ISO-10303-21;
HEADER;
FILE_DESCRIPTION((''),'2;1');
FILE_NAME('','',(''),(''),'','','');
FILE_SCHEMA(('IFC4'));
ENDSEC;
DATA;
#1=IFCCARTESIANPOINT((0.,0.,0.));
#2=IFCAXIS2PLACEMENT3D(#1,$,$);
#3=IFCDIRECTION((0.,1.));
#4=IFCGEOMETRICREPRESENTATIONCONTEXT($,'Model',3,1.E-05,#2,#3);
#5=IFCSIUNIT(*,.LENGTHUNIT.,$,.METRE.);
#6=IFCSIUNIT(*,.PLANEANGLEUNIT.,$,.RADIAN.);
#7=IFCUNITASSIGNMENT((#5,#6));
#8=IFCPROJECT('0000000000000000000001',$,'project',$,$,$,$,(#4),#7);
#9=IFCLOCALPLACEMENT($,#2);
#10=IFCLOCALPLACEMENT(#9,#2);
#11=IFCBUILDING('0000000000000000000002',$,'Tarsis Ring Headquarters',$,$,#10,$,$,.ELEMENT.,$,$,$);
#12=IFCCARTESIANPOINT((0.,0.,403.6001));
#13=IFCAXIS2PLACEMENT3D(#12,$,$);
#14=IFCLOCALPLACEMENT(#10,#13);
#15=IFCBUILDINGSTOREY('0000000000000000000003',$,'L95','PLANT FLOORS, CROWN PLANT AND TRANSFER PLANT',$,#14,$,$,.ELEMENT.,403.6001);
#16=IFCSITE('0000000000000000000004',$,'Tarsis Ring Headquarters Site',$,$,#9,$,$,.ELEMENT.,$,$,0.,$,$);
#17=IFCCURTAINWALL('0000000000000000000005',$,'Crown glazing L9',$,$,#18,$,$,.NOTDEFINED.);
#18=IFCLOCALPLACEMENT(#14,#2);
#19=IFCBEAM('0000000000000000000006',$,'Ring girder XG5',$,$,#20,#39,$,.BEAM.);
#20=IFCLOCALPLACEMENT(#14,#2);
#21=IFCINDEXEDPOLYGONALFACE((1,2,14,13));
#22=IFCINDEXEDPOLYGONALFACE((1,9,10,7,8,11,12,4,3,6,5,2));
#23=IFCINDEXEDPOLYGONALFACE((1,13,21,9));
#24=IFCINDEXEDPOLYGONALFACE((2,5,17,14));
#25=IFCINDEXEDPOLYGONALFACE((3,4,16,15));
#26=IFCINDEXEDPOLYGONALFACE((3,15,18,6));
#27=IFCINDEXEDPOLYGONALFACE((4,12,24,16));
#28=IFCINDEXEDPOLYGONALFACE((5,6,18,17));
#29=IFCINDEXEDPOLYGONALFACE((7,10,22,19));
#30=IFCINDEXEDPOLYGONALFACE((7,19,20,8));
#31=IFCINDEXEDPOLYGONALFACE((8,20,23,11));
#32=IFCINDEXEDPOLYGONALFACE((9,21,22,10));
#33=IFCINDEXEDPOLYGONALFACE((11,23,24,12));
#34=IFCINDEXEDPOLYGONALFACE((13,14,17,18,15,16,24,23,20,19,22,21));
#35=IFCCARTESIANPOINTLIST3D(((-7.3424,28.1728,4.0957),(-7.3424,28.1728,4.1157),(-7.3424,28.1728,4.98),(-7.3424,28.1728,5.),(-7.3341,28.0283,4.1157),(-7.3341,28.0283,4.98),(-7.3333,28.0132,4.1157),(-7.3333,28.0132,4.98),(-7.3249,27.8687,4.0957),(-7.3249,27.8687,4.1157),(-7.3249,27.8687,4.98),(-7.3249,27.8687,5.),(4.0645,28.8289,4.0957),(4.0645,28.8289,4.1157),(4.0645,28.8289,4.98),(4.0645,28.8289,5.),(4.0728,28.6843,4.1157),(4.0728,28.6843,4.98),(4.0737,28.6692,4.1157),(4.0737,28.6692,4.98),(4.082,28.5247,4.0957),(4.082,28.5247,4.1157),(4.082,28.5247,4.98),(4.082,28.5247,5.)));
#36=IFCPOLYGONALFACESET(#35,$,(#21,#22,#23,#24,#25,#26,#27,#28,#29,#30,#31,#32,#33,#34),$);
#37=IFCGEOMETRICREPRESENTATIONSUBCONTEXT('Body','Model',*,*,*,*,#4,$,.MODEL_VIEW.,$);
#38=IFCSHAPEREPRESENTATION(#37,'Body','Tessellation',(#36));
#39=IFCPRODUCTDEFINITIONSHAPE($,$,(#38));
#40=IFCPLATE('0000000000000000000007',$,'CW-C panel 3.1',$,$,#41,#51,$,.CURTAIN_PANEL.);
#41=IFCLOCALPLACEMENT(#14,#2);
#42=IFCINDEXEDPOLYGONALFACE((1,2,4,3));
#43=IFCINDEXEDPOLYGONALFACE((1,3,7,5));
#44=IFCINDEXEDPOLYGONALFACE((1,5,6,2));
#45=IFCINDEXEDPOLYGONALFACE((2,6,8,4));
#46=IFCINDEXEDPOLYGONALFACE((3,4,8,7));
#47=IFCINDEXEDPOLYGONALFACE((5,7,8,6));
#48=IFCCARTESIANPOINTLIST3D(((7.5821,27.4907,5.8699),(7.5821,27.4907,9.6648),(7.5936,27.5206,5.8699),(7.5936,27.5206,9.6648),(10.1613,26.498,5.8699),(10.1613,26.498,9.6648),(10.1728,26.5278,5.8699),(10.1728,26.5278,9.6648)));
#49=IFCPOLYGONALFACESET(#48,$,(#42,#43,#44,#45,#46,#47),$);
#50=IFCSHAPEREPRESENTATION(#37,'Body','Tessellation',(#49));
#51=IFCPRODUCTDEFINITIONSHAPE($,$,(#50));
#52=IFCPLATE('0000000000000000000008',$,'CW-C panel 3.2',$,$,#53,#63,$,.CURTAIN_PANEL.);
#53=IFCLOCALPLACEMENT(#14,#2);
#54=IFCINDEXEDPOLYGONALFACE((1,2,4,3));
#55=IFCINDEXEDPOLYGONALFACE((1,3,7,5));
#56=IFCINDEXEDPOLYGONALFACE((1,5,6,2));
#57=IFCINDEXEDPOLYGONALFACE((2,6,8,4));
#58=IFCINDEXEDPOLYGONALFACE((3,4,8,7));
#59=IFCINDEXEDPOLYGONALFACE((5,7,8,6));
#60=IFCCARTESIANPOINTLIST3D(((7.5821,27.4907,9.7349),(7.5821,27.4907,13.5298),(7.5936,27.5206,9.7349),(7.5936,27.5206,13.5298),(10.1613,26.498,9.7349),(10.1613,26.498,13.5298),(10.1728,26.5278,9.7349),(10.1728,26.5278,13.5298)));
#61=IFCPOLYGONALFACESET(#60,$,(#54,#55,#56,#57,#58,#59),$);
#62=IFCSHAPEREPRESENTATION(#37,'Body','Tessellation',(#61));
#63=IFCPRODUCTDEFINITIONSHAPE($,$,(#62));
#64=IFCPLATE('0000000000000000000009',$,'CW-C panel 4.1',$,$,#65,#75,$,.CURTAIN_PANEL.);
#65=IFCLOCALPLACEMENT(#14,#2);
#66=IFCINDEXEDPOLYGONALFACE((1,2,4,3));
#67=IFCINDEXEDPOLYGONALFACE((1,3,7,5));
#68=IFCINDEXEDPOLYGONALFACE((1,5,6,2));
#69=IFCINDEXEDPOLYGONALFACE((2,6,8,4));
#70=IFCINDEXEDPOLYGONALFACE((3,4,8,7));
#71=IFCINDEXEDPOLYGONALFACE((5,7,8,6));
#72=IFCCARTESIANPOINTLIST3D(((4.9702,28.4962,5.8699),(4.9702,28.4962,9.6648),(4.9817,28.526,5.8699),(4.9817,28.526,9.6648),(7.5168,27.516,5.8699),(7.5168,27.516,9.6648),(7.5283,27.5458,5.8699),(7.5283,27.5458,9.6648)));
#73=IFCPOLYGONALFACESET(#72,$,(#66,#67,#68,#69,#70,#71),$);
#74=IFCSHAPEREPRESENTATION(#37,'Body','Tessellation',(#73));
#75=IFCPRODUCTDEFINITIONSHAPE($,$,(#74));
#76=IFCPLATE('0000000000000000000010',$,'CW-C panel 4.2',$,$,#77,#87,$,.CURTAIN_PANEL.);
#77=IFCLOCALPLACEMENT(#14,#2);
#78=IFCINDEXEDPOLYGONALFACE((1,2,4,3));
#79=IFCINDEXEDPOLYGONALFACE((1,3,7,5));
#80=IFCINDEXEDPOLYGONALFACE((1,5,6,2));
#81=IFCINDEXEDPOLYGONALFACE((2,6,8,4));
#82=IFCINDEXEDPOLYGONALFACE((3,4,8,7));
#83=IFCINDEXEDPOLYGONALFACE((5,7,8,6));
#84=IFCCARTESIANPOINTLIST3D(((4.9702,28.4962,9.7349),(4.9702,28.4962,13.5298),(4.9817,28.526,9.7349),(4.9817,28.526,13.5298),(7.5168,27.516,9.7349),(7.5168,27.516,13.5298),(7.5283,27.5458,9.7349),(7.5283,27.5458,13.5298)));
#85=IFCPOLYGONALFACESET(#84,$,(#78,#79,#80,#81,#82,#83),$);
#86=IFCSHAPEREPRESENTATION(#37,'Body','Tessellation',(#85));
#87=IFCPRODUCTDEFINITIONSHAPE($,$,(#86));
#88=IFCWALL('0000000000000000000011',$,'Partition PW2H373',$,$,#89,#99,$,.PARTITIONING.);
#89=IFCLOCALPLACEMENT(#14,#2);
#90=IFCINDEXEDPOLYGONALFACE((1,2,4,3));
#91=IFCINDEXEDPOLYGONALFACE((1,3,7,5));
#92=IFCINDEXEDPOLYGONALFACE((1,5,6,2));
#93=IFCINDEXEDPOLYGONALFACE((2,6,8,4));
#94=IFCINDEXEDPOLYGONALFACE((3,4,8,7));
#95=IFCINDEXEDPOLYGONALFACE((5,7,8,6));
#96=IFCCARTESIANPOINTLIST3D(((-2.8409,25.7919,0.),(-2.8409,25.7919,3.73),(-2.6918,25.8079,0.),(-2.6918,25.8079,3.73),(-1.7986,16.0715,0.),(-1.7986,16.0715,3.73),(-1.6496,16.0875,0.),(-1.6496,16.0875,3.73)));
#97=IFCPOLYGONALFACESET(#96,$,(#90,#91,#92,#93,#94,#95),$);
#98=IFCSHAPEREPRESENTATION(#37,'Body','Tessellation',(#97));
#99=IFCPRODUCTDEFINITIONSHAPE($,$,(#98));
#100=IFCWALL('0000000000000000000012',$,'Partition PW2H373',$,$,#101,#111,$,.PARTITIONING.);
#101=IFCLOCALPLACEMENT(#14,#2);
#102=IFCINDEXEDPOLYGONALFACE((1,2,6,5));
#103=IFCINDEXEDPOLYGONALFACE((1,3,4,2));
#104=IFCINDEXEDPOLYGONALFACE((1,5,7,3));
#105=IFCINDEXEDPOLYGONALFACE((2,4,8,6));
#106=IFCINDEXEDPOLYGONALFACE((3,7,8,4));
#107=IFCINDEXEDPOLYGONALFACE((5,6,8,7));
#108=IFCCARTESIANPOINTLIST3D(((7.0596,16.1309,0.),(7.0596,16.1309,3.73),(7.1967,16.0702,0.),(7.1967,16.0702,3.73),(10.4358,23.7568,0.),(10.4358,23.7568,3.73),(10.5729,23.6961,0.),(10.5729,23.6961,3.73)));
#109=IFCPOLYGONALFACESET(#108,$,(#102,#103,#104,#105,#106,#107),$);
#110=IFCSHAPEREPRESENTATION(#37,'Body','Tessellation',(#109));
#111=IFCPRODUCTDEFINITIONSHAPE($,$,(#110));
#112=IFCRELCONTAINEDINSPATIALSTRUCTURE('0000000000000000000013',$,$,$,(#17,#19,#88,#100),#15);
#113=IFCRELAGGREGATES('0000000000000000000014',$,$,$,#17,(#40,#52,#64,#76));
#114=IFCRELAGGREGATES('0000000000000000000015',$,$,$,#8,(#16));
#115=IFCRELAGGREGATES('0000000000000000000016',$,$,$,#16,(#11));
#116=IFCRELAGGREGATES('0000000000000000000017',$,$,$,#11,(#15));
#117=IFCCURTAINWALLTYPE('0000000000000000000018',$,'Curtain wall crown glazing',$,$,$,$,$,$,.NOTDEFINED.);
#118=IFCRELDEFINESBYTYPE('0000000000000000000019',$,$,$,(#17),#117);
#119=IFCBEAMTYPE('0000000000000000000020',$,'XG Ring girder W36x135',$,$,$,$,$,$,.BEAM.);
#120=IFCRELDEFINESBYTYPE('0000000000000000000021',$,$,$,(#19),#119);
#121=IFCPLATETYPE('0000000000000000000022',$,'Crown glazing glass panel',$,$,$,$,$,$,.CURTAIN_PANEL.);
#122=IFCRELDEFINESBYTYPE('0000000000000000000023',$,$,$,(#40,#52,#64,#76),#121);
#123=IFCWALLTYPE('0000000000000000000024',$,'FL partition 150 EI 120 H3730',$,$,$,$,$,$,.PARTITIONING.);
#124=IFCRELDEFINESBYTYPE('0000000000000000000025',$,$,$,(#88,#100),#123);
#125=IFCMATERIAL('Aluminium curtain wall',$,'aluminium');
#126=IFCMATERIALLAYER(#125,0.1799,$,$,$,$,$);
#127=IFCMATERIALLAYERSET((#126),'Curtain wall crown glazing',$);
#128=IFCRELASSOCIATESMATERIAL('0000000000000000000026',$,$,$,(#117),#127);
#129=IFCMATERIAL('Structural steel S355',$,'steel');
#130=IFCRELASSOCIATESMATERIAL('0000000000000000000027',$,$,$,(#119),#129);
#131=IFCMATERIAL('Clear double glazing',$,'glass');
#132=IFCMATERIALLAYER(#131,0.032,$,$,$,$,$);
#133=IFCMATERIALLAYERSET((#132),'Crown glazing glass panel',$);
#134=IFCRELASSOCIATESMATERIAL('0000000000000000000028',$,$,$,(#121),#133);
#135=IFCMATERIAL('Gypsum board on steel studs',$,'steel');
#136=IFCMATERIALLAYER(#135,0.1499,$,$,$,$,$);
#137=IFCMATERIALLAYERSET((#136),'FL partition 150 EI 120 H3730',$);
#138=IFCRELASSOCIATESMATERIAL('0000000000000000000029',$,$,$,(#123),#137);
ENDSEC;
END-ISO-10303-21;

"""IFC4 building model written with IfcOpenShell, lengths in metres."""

from ifc_helpers import new_model, si_unit, direction, frame, frame_2d, origin, origin_2d, place, context, subcontext, project, spatial, rectangle, i_section, extrude, material, layer, layer_set, material_profile, profile_set, type_object, element, aggregate, save


model = new_model("IFC4")

# Units and contexts
model_context = context("Model", 3, precision=1e-05, world=origin(), true_north=direction((0.0, 1.0)))
body_context = subcontext(model_context, "Body", "Model", "MODEL_VIEW")
ifc_project = project(units=[si_unit("LENGTHUNIT", "METRE"), si_unit("PLANEANGLEUNIT", "RADIAN")], contexts=[model_context])

# Site, building, storey
site_placement = place(None, origin())
site = spatial("IfcSite", under=ifc_project, at=site_placement, Name="Tarsis Ring Headquarters Site", CompositionType="ELEMENT", RefElevation=0.0)
building_placement = place(site_placement, origin())
building = spatial("IfcBuilding", under=site, at=building_placement, Name="Tarsis Ring Headquarters", CompositionType="ELEMENT")
storey_placement = place(building_placement, frame((0.0, 0.0, 403.6001)))
storey = spatial("IfcBuildingStorey", under=building, at=storey_placement, Name="L95", Description="PLANT FLOORS, CROWN PLANT AND TRANSFER PLANT", CompositionType="ELEMENT", Elevation=403.6001)

# Shared definitions
ifc_material_1 = material(Name="Structural steel S355", Category="steel")

# Curtain wall
ifc_material_2 = material(Name="Aluminium curtain wall", Category="aluminium")
ifc_layer_1 = layer(ifc_material_2, 0.1799)
ifc_layer_set_1 = layer_set([ifc_layer_1], Name="Curtain wall crown glazing")
curtain_wall_type = type_object("IfcCurtainWallType", Name="Curtain wall crown glazing", PredefinedType="NOTDEFINED", material=ifc_layer_set_1)
curtain_wall_placement = place(storey_placement, origin())
curtain_wall = element("IfcCurtainWall", 1, at=curtain_wall_placement, inside=storey, type_object=curtain_wall_type, Name="Crown glazing L9", PredefinedType="NOTDEFINED")

# Beam
ifc_material_profile_1 = material_profile(ifc_material_1, i_section(OverallWidth=0.3047, OverallDepth=0.9043, WebThickness=0.0151, FlangeThickness=0.02, at=origin_2d()), Name="W36x135")
ifc_profile_set_1 = profile_set([ifc_material_profile_1], Name="Structural steel S355")
beam_type_1 = type_object("IfcBeamType", Name="XG Ring girder W36x135", PredefinedType="BEAM", material=ifc_profile_set_1)
for number, where, z_axis, x_axis, name in (
    (2, (4.0732, 28.6768, 4.5479), (-0.99835, -0.057414, 0.0), (0.057414, -0.99835, 0.0), "Ring girder XG5"),
):
    element("IfcBeam", number, at=place(storey_placement, frame(where, z_axis=z_axis, x_axis=x_axis)), inside=storey, type_object=beam_type_1, Name=name, PredefinedType="BEAM", context=body_context, shape_type="SweptSolid", body=[
        extrude(i_section(OverallWidth=0.3047, OverallDepth=0.9043, WebThickness=0.0151, FlangeThickness=0.02, at=origin_2d()), origin(), (0.0, 0.0, 1.0), 11.4258),
    ])

# Plates
ifc_material_3 = material(Name="Clear double glazing", Category="glass")
ifc_layer_2 = layer(ifc_material_3, 0.032)
ifc_layer_set_2 = layer_set([ifc_layer_2], Name="Crown glazing glass panel")
plate_type = type_object("IfcPlateType", Name="Crown glazing glass panel", PredefinedType="CURTAIN_PANEL", material=ifc_layer_set_2)
plate_1_placement = place(storey_placement, frame((8.8774, 27.0093, 5.8699), z_axis=(0.0, 0.0, 1.0), x_axis=(-0.93326, 0.359203, 0.0)))
plate_1 = element("IfcPlate", 3, at=plate_1_placement, type_object=plate_type, Name="CW-C panel 3.1", PredefinedType="CURTAIN_PANEL", context=body_context, shape_type="SweptSolid", body=[
    extrude(rectangle(XDim=2.7637, YDim=0.032, at=origin_2d()), origin(), (0.0, 0.0, 1.0), 3.7949),
])
plate_2_placement = place(storey_placement, frame((8.8774, 27.0093, 9.7349), z_axis=(0.0, 0.0, 1.0), x_axis=(-0.93326, 0.359203, 0.0)))
plate_2 = element("IfcPlate", 4, at=plate_2_placement, type_object=plate_type, Name="CW-C panel 3.2", PredefinedType="CURTAIN_PANEL", context=body_context, shape_type="SweptSolid", body=[
    extrude(rectangle(XDim=2.7637, YDim=0.032, at=origin_2d()), origin(), (0.0, 0.0, 1.0), 3.7949),
])
plate_3_placement = place(storey_placement, frame((6.2493, 28.021, 5.8699), z_axis=(0.0, 0.0, 1.0), x_axis=(-0.93326, 0.359203, 0.0)))
plate_3 = element("IfcPlate", 5, at=plate_3_placement, type_object=plate_type, Name="CW-C panel 4.1", PredefinedType="CURTAIN_PANEL", context=body_context, shape_type="SweptSolid", body=[
    extrude(rectangle(XDim=2.7288, YDim=0.032, at=origin_2d()), origin(), (0.0, 0.0, 1.0), 3.7949),
])
plate_4_placement = place(storey_placement, frame((6.2493, 28.021, 9.7349), z_axis=(0.0, 0.0, 1.0), x_axis=(-0.93326, 0.359203, 0.0)))
plate_4 = element("IfcPlate", 6, at=plate_4_placement, type_object=plate_type, Name="CW-C panel 4.2", PredefinedType="CURTAIN_PANEL", context=body_context, shape_type="SweptSolid", body=[
    extrude(rectangle(XDim=2.7288, YDim=0.032, at=origin_2d()), origin(), (0.0, 0.0, 1.0), 3.7949),
])
aggregate(curtain_wall, [plate_1, plate_2, plate_3, plate_4])

# Walls
ifc_material_4 = material(Name="Gypsum board on steel studs", Category="steel")
ifc_layer_3 = layer(ifc_material_4, 0.1499)
ifc_layer_set_3 = layer_set([ifc_layer_3], Name="FL partition 150 EI 120 H3730")
wall_type = type_object("IfcWallType", Name="FL partition 150 EI 120 H3730", PredefinedType="PARTITIONING", material=ifc_layer_set_3)
wall_1_placement = place(storey_placement, frame((-2.7664, 25.8, 0.0), z_axis=(0.0, 0.0, 1.0), x_axis=(0.10661, -0.994301, 0.0)))
element("IfcWall", 7, at=wall_1_placement, inside=storey, type_object=wall_type, Name="Partition PW2H373", PredefinedType="PARTITIONING", context=body_context, shape_type="SweptSolid", body=[
    extrude(rectangle(XDim=9.7761, YDim=0.1499, at=frame_2d((4.8882, 0.0))), origin(), (0.0, 0.0, 1.0), 3.73),
])
wall_2_placement = place(storey_placement, frame((7.1282, 16.1006, 0.0), z_axis=(0.0, 0.0, 1.0), x_axis=(0.404826, 0.914394, 0.0)))
element("IfcWall", 8, at=wall_2_placement, inside=storey, type_object=wall_type, Name="Partition PW2H373", PredefinedType="PARTITIONING", context=body_context, shape_type="SweptSolid", body=[
    extrude(rectangle(XDim=8.3398, YDim=0.1499, at=frame_2d((4.1699, 0.0))), origin(), (0.0, 0.0, 1.0), 3.73),
])

save(model, "model.ifc")
